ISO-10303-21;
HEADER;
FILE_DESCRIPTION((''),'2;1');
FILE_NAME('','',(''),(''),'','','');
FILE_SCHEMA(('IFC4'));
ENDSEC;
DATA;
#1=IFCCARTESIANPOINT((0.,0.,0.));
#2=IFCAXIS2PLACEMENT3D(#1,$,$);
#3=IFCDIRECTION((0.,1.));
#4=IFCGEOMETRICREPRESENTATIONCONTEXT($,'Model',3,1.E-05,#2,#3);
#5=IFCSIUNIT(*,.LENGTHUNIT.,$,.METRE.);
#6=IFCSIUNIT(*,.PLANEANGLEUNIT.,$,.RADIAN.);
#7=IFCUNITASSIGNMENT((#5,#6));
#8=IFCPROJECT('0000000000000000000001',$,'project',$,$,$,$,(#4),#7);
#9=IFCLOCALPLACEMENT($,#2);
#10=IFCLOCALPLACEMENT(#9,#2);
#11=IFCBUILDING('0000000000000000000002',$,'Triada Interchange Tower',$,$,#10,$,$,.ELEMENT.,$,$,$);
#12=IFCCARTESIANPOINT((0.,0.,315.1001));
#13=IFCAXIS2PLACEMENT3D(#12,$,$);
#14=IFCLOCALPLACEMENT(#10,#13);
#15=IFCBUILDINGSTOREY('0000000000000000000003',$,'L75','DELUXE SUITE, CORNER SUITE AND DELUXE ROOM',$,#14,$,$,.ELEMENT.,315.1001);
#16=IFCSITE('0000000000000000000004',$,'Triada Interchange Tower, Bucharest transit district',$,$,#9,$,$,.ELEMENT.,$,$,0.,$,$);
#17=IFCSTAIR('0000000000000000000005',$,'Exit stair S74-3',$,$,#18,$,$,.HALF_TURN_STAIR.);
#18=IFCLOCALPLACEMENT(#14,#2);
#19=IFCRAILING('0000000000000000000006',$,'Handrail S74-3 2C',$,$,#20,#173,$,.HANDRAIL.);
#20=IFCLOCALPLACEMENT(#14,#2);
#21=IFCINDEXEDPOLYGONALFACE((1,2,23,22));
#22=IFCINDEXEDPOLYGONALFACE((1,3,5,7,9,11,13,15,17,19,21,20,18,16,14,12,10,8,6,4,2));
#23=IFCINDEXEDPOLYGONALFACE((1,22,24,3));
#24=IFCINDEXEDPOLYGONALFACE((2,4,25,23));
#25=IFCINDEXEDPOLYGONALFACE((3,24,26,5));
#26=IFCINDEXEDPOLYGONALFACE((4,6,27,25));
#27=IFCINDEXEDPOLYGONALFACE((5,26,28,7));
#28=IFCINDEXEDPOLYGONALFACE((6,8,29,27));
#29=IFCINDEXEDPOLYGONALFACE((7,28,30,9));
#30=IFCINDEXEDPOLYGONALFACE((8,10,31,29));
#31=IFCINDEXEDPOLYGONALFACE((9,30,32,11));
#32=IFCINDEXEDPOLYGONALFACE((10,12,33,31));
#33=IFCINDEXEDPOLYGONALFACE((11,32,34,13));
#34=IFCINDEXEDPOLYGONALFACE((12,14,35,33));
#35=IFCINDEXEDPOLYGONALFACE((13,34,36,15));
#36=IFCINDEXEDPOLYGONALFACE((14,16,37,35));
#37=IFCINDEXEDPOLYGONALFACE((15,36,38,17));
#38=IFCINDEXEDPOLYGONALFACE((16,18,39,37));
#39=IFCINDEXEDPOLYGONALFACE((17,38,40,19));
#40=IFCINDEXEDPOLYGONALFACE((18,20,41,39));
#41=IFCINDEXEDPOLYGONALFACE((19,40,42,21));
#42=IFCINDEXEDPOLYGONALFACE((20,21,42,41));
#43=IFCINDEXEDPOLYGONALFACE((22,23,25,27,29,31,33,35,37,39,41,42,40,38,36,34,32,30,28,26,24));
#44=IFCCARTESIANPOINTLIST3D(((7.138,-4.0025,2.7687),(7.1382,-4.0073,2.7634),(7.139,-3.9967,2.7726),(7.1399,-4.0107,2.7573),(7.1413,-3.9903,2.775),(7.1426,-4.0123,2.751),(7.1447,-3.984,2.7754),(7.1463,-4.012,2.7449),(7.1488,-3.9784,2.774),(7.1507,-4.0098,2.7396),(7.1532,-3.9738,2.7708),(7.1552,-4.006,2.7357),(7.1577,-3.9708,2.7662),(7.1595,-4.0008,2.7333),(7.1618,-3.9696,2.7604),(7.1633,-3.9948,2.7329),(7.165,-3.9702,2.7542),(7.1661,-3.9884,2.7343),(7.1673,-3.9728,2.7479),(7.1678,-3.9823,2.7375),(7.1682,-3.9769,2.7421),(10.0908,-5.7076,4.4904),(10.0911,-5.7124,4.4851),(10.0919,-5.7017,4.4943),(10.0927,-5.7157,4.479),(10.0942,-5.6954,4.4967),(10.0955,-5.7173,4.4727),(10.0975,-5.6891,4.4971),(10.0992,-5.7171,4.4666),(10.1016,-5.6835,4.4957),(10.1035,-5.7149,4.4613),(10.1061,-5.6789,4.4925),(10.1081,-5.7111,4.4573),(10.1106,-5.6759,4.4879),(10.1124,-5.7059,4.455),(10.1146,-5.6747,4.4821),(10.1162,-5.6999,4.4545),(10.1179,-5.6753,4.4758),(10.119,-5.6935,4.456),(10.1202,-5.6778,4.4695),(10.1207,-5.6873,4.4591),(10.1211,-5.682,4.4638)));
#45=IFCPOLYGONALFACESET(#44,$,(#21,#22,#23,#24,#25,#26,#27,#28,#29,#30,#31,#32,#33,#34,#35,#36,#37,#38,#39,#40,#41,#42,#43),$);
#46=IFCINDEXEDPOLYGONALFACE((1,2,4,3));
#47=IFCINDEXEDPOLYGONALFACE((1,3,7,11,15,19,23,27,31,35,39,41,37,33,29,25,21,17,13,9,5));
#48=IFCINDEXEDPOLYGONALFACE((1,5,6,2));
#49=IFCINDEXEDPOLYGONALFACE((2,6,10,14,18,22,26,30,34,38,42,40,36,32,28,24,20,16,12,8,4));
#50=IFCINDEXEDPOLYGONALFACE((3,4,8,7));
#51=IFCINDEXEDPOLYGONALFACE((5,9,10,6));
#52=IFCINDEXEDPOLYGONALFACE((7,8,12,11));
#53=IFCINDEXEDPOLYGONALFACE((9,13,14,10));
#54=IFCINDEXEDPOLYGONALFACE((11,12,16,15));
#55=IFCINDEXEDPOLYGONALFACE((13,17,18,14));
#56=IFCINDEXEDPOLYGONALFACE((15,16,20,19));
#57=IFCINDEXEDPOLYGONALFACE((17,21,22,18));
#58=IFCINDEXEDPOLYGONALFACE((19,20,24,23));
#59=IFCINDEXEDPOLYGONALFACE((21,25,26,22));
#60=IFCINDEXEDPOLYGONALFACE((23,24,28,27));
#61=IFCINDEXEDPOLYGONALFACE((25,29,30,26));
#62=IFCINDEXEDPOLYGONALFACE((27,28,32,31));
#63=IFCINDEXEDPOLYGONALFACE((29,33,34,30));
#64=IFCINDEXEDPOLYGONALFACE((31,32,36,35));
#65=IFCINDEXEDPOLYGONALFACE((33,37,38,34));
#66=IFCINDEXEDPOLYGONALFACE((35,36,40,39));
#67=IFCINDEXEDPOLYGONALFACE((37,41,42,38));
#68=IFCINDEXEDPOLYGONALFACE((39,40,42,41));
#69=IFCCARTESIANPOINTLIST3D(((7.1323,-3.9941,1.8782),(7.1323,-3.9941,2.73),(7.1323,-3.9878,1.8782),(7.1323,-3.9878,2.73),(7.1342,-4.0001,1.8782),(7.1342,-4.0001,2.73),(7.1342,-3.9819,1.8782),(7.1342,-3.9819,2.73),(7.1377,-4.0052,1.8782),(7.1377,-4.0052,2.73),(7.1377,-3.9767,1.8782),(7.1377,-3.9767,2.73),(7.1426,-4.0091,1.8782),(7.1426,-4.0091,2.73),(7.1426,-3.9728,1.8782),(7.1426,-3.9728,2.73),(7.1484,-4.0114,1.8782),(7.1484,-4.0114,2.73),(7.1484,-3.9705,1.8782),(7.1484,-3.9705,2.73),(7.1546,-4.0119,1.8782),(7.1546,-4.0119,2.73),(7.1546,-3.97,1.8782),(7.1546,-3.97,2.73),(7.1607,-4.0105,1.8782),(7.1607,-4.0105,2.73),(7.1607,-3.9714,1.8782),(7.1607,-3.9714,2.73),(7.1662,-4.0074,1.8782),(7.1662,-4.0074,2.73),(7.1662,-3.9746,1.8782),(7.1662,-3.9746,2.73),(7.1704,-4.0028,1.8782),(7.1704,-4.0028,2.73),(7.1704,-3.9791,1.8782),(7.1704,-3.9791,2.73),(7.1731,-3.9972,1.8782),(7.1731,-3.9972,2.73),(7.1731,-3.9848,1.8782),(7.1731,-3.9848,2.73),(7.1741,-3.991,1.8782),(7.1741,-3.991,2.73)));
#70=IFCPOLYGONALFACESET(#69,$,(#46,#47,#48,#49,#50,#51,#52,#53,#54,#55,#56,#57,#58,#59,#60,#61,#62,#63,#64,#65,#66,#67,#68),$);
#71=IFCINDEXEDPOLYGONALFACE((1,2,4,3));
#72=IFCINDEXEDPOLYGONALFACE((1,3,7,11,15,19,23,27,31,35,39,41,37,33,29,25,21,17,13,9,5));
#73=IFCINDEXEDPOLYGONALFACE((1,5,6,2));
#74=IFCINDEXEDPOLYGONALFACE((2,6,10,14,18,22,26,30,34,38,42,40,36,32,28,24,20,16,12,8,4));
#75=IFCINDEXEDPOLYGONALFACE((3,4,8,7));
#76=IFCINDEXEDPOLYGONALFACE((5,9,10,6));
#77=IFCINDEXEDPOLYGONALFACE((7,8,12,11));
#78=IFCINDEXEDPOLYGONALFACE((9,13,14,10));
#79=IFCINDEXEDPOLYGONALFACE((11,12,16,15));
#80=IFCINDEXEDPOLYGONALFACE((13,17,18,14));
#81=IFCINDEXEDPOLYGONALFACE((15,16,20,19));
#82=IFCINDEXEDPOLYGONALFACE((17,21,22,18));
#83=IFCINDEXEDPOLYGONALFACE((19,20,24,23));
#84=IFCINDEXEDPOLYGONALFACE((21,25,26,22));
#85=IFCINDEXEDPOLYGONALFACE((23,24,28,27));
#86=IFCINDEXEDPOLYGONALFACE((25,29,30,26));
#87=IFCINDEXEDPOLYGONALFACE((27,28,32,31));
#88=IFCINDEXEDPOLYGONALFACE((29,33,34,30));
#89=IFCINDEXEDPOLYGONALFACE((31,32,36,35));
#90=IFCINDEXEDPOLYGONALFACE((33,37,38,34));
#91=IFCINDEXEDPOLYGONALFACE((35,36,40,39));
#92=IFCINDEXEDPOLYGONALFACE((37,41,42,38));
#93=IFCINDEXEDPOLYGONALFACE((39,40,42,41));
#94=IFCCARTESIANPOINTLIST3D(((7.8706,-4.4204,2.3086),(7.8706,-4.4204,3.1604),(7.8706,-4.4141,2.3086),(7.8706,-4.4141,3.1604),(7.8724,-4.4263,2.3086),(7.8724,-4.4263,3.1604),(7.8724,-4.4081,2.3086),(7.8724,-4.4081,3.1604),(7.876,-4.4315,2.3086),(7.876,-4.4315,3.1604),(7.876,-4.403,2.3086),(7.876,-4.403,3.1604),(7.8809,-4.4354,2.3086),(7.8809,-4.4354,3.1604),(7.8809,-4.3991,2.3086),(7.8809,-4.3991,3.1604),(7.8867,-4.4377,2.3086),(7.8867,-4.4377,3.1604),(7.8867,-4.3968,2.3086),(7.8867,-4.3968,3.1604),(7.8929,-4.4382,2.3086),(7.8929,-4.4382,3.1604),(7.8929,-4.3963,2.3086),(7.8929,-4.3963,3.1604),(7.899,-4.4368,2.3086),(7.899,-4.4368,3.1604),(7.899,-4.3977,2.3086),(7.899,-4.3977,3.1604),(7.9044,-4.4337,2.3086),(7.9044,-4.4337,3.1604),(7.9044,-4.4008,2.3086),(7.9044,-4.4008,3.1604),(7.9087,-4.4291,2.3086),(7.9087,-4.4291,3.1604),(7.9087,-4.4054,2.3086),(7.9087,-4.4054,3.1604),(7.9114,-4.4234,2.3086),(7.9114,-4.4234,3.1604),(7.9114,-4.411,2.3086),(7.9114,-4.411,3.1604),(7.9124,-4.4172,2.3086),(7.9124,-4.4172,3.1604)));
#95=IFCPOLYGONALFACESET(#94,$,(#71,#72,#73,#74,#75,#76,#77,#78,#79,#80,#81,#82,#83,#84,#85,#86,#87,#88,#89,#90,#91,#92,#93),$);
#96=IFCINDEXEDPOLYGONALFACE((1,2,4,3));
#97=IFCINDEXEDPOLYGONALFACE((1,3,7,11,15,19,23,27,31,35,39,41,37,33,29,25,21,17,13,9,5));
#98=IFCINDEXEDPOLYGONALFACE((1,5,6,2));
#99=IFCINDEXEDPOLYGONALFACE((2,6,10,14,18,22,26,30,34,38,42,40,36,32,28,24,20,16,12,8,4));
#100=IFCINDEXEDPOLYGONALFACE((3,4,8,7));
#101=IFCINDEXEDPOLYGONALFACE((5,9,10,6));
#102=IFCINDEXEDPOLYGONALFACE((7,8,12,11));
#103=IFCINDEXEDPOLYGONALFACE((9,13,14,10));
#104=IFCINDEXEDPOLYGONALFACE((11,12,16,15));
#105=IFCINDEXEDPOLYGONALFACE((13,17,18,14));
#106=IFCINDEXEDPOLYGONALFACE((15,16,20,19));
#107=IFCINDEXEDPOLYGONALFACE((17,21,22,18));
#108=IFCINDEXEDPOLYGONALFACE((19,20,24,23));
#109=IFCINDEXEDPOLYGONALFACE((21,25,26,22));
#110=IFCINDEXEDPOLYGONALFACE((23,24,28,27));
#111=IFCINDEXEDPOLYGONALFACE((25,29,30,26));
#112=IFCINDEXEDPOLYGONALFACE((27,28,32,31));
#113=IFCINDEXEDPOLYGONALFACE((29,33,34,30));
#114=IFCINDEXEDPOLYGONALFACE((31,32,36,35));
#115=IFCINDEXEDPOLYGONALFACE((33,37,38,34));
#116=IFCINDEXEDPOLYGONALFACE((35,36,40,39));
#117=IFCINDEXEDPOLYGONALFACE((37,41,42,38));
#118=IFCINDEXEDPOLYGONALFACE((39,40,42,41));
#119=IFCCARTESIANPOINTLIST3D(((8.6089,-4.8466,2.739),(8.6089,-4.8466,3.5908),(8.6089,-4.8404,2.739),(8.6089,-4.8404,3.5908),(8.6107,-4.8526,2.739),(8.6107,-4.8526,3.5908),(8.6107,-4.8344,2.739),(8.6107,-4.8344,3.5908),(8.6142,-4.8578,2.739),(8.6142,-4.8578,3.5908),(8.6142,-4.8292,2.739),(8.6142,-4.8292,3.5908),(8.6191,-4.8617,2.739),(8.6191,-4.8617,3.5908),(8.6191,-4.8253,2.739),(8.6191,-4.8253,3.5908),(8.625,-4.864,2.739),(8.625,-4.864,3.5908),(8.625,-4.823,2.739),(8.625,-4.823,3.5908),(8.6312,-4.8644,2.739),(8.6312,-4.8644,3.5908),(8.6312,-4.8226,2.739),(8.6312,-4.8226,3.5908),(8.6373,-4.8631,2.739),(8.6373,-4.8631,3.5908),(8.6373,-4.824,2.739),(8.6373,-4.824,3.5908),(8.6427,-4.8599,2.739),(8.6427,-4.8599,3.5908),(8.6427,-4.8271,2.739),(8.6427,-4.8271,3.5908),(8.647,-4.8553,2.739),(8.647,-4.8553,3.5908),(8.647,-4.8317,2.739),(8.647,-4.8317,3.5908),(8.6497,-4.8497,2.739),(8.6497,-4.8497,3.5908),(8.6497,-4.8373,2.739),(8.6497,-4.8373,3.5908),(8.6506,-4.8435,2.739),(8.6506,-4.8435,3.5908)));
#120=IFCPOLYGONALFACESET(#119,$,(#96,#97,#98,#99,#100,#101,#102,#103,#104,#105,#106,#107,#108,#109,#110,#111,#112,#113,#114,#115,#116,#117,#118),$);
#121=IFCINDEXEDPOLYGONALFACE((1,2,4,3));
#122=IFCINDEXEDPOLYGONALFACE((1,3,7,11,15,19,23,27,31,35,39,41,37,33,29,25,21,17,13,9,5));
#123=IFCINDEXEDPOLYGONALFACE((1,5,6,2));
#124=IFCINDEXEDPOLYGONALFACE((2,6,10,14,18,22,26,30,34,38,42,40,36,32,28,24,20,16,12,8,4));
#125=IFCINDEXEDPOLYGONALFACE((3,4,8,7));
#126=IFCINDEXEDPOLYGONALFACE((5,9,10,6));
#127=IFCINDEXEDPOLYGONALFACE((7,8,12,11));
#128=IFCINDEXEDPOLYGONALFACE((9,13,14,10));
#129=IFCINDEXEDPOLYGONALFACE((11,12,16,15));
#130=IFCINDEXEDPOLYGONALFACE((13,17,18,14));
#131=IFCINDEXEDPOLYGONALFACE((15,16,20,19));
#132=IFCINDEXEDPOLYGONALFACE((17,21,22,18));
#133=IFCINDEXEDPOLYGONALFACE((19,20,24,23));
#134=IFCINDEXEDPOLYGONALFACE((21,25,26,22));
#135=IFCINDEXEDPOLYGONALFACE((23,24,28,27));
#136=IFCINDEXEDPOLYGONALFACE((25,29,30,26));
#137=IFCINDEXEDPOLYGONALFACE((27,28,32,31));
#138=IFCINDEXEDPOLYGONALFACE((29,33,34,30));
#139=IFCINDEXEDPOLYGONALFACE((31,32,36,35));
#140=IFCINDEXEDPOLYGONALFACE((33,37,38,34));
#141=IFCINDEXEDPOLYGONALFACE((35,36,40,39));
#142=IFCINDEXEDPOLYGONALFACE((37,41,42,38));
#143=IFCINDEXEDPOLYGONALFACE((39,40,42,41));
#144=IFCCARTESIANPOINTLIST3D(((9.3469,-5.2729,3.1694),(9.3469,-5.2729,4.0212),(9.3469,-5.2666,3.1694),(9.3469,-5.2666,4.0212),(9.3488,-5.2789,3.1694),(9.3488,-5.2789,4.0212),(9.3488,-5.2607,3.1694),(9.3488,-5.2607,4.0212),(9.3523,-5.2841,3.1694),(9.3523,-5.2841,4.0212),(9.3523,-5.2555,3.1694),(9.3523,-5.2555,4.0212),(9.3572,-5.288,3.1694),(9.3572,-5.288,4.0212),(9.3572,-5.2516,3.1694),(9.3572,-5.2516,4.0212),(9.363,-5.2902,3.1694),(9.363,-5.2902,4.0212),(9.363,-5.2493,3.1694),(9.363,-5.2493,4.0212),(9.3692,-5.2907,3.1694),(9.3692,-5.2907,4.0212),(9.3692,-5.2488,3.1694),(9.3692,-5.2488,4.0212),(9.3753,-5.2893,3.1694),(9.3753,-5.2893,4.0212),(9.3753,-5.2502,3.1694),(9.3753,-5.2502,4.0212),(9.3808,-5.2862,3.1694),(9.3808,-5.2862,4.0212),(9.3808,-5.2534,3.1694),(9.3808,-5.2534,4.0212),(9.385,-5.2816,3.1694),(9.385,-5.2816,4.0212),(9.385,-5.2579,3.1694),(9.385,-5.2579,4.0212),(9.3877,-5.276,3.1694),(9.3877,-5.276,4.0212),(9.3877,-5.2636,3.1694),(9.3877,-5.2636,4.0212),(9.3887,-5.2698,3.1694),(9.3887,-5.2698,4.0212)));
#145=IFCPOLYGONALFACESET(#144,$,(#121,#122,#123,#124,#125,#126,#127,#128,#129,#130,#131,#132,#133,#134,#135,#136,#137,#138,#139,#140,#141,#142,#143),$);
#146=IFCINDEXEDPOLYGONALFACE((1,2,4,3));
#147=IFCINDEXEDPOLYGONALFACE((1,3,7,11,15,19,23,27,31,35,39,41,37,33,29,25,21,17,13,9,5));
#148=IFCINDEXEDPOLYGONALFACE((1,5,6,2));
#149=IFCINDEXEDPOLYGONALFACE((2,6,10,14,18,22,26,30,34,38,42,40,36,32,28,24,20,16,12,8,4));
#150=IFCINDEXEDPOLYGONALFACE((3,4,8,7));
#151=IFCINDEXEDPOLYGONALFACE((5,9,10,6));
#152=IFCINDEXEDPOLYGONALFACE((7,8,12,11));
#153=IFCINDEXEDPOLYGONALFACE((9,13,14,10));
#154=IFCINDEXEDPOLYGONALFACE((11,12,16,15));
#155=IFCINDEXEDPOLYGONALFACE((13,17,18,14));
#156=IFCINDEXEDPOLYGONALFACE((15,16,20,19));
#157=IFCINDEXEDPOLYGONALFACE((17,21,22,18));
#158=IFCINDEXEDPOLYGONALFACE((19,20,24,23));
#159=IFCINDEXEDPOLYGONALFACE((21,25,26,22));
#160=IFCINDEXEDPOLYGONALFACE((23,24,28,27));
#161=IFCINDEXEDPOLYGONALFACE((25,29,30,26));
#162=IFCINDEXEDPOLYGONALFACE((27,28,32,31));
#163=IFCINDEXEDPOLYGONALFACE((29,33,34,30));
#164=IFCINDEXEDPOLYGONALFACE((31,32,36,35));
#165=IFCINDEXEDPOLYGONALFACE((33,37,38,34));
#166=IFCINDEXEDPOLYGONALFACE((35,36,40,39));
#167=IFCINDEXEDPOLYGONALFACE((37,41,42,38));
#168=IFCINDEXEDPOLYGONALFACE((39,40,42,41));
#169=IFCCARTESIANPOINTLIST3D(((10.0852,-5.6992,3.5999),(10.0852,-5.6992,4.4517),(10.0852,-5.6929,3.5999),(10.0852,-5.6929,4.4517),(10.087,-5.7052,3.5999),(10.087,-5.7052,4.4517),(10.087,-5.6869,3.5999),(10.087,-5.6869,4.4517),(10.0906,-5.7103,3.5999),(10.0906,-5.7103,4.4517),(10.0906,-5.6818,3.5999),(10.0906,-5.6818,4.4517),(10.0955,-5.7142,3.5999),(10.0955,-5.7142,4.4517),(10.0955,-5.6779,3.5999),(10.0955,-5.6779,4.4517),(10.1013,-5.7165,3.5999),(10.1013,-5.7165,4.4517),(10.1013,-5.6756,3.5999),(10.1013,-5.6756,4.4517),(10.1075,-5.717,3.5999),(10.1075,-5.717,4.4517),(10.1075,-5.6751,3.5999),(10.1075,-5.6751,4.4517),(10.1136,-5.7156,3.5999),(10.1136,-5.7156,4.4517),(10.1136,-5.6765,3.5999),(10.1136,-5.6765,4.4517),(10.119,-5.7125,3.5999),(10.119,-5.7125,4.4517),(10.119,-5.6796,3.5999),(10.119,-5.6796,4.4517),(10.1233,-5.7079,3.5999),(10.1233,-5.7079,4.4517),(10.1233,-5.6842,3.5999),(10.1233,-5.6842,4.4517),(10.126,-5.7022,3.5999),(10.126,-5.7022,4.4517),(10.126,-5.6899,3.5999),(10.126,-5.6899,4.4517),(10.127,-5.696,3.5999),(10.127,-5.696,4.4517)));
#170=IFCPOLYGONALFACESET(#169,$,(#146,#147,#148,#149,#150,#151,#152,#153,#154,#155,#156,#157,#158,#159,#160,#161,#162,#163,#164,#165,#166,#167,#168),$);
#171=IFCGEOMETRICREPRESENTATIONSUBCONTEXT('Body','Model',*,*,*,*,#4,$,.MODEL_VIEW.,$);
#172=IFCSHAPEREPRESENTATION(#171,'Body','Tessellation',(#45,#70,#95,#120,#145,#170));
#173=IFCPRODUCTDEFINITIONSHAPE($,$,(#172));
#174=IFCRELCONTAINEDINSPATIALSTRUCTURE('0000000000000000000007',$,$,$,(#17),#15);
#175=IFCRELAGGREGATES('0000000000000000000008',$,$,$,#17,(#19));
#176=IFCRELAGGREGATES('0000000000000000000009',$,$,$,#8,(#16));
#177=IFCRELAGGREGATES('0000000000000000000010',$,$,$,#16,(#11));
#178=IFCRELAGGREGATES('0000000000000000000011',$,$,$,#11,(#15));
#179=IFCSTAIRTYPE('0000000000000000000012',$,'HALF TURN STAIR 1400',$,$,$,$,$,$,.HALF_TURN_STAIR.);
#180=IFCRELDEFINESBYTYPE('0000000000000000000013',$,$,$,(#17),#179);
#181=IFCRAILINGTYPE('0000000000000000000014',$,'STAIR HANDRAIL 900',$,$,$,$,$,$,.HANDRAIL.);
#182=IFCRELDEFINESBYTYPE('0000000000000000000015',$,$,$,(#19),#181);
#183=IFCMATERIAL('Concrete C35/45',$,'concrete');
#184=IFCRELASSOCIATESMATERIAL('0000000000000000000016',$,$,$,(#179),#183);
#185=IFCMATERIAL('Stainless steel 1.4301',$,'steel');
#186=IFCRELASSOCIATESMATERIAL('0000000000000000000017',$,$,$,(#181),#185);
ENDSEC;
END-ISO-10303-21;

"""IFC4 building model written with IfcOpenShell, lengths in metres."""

from ifc_helpers import new_model, si_unit, direction, frame, origin, origin_2d, place, context, subcontext, project, spatial, circle, extrude, material, type_object, element, aggregate, save


model = new_model("IFC4")

# Units and contexts
model_context = context("Model", 3, precision=1e-05, world=origin(), true_north=direction((0.0, 1.0)))
body_context = subcontext(model_context, "Body", "Model", "MODEL_VIEW")
ifc_project = project(units=[si_unit("LENGTHUNIT", "METRE"), si_unit("PLANEANGLEUNIT", "RADIAN")], contexts=[model_context])

# Site, building, storey
site_placement = place(None, origin())
site = spatial("IfcSite", under=ifc_project, at=site_placement, Name="Triada Interchange Tower, Bucharest transit district", CompositionType="ELEMENT", RefElevation=0.0)
building_placement = place(site_placement, origin())
building = spatial("IfcBuilding", under=site, at=building_placement, Name="Triada Interchange Tower", CompositionType="ELEMENT")
storey_placement = place(building_placement, frame((0.0, 0.0, 315.1001)))
storey = spatial("IfcBuildingStorey", under=building, at=storey_placement, Name="L75", Description="DELUXE SUITE, CORNER SUITE AND DELUXE ROOM", CompositionType="ELEMENT", Elevation=315.1001)

# Stair, railing
ifc_material_1 = material(Name="Concrete C35/45", Category="concrete")
stair_type = type_object("IfcStairType", Name="HALF TURN STAIR 1400", PredefinedType="HALF_TURN_STAIR", material=ifc_material_1)
stair_placement = place(storey_placement, origin())
stair = element("IfcStair", 1, at=stair_placement, inside=storey, type_object=stair_type, Name="Exit stair S74-3", PredefinedType="HALF_TURN_STAIR")
ifc_material_2 = material(Name="Stainless steel 1.4301", Category="steel")
railing_type = type_object("IfcRailingType", Name="STAIR HANDRAIL 900", PredefinedType="HANDRAIL", material=ifc_material_2)
railing_1_placement = place(storey_placement, frame((7.1531, -3.991, 1.8782)))
railing_1 = element("IfcRailing", 2, at=railing_1_placement, type_object=railing_type, Name="Handrail S74-3 2C", PredefinedType="HANDRAIL", context=body_context, shape_type="SweptSolid", body=[
    extrude(circle(Radius=0.0239, at=origin_2d()), frame((0.0, 0.0, 0.876), z_axis=(0.773043, -0.446377, 0.450723), x_axis=(0.500051, 0.865996, 0.0)), (0.0, 0.0, 1.0), 3.8198),
    extrude(circle(Radius=0.021, at=origin_2d()), origin(), (0.0, 0.0, 1.0), 0.8518),
    extrude(circle(Radius=0.021, at=origin_2d()), frame((0.7383, -0.4263, 0.4304)), (0.0, 0.0, 1.0), 0.8518),
    extrude(circle(Radius=0.021, at=origin_2d()), frame((1.4766, -0.8525, 0.8608)), (0.0, 0.0, 1.0), 0.8518),
    extrude(circle(Radius=0.021, at=origin_2d()), frame((2.2146, -1.2788, 1.2913)), (0.0, 0.0, 1.0), 0.8518),
    extrude(circle(Radius=0.021, at=origin_2d()), frame((2.9529, -1.7051, 1.7217)), (0.0, 0.0, 1.0), 0.8518),
])
aggregate(stair, [railing_1])

save(model, "model.ifc")
